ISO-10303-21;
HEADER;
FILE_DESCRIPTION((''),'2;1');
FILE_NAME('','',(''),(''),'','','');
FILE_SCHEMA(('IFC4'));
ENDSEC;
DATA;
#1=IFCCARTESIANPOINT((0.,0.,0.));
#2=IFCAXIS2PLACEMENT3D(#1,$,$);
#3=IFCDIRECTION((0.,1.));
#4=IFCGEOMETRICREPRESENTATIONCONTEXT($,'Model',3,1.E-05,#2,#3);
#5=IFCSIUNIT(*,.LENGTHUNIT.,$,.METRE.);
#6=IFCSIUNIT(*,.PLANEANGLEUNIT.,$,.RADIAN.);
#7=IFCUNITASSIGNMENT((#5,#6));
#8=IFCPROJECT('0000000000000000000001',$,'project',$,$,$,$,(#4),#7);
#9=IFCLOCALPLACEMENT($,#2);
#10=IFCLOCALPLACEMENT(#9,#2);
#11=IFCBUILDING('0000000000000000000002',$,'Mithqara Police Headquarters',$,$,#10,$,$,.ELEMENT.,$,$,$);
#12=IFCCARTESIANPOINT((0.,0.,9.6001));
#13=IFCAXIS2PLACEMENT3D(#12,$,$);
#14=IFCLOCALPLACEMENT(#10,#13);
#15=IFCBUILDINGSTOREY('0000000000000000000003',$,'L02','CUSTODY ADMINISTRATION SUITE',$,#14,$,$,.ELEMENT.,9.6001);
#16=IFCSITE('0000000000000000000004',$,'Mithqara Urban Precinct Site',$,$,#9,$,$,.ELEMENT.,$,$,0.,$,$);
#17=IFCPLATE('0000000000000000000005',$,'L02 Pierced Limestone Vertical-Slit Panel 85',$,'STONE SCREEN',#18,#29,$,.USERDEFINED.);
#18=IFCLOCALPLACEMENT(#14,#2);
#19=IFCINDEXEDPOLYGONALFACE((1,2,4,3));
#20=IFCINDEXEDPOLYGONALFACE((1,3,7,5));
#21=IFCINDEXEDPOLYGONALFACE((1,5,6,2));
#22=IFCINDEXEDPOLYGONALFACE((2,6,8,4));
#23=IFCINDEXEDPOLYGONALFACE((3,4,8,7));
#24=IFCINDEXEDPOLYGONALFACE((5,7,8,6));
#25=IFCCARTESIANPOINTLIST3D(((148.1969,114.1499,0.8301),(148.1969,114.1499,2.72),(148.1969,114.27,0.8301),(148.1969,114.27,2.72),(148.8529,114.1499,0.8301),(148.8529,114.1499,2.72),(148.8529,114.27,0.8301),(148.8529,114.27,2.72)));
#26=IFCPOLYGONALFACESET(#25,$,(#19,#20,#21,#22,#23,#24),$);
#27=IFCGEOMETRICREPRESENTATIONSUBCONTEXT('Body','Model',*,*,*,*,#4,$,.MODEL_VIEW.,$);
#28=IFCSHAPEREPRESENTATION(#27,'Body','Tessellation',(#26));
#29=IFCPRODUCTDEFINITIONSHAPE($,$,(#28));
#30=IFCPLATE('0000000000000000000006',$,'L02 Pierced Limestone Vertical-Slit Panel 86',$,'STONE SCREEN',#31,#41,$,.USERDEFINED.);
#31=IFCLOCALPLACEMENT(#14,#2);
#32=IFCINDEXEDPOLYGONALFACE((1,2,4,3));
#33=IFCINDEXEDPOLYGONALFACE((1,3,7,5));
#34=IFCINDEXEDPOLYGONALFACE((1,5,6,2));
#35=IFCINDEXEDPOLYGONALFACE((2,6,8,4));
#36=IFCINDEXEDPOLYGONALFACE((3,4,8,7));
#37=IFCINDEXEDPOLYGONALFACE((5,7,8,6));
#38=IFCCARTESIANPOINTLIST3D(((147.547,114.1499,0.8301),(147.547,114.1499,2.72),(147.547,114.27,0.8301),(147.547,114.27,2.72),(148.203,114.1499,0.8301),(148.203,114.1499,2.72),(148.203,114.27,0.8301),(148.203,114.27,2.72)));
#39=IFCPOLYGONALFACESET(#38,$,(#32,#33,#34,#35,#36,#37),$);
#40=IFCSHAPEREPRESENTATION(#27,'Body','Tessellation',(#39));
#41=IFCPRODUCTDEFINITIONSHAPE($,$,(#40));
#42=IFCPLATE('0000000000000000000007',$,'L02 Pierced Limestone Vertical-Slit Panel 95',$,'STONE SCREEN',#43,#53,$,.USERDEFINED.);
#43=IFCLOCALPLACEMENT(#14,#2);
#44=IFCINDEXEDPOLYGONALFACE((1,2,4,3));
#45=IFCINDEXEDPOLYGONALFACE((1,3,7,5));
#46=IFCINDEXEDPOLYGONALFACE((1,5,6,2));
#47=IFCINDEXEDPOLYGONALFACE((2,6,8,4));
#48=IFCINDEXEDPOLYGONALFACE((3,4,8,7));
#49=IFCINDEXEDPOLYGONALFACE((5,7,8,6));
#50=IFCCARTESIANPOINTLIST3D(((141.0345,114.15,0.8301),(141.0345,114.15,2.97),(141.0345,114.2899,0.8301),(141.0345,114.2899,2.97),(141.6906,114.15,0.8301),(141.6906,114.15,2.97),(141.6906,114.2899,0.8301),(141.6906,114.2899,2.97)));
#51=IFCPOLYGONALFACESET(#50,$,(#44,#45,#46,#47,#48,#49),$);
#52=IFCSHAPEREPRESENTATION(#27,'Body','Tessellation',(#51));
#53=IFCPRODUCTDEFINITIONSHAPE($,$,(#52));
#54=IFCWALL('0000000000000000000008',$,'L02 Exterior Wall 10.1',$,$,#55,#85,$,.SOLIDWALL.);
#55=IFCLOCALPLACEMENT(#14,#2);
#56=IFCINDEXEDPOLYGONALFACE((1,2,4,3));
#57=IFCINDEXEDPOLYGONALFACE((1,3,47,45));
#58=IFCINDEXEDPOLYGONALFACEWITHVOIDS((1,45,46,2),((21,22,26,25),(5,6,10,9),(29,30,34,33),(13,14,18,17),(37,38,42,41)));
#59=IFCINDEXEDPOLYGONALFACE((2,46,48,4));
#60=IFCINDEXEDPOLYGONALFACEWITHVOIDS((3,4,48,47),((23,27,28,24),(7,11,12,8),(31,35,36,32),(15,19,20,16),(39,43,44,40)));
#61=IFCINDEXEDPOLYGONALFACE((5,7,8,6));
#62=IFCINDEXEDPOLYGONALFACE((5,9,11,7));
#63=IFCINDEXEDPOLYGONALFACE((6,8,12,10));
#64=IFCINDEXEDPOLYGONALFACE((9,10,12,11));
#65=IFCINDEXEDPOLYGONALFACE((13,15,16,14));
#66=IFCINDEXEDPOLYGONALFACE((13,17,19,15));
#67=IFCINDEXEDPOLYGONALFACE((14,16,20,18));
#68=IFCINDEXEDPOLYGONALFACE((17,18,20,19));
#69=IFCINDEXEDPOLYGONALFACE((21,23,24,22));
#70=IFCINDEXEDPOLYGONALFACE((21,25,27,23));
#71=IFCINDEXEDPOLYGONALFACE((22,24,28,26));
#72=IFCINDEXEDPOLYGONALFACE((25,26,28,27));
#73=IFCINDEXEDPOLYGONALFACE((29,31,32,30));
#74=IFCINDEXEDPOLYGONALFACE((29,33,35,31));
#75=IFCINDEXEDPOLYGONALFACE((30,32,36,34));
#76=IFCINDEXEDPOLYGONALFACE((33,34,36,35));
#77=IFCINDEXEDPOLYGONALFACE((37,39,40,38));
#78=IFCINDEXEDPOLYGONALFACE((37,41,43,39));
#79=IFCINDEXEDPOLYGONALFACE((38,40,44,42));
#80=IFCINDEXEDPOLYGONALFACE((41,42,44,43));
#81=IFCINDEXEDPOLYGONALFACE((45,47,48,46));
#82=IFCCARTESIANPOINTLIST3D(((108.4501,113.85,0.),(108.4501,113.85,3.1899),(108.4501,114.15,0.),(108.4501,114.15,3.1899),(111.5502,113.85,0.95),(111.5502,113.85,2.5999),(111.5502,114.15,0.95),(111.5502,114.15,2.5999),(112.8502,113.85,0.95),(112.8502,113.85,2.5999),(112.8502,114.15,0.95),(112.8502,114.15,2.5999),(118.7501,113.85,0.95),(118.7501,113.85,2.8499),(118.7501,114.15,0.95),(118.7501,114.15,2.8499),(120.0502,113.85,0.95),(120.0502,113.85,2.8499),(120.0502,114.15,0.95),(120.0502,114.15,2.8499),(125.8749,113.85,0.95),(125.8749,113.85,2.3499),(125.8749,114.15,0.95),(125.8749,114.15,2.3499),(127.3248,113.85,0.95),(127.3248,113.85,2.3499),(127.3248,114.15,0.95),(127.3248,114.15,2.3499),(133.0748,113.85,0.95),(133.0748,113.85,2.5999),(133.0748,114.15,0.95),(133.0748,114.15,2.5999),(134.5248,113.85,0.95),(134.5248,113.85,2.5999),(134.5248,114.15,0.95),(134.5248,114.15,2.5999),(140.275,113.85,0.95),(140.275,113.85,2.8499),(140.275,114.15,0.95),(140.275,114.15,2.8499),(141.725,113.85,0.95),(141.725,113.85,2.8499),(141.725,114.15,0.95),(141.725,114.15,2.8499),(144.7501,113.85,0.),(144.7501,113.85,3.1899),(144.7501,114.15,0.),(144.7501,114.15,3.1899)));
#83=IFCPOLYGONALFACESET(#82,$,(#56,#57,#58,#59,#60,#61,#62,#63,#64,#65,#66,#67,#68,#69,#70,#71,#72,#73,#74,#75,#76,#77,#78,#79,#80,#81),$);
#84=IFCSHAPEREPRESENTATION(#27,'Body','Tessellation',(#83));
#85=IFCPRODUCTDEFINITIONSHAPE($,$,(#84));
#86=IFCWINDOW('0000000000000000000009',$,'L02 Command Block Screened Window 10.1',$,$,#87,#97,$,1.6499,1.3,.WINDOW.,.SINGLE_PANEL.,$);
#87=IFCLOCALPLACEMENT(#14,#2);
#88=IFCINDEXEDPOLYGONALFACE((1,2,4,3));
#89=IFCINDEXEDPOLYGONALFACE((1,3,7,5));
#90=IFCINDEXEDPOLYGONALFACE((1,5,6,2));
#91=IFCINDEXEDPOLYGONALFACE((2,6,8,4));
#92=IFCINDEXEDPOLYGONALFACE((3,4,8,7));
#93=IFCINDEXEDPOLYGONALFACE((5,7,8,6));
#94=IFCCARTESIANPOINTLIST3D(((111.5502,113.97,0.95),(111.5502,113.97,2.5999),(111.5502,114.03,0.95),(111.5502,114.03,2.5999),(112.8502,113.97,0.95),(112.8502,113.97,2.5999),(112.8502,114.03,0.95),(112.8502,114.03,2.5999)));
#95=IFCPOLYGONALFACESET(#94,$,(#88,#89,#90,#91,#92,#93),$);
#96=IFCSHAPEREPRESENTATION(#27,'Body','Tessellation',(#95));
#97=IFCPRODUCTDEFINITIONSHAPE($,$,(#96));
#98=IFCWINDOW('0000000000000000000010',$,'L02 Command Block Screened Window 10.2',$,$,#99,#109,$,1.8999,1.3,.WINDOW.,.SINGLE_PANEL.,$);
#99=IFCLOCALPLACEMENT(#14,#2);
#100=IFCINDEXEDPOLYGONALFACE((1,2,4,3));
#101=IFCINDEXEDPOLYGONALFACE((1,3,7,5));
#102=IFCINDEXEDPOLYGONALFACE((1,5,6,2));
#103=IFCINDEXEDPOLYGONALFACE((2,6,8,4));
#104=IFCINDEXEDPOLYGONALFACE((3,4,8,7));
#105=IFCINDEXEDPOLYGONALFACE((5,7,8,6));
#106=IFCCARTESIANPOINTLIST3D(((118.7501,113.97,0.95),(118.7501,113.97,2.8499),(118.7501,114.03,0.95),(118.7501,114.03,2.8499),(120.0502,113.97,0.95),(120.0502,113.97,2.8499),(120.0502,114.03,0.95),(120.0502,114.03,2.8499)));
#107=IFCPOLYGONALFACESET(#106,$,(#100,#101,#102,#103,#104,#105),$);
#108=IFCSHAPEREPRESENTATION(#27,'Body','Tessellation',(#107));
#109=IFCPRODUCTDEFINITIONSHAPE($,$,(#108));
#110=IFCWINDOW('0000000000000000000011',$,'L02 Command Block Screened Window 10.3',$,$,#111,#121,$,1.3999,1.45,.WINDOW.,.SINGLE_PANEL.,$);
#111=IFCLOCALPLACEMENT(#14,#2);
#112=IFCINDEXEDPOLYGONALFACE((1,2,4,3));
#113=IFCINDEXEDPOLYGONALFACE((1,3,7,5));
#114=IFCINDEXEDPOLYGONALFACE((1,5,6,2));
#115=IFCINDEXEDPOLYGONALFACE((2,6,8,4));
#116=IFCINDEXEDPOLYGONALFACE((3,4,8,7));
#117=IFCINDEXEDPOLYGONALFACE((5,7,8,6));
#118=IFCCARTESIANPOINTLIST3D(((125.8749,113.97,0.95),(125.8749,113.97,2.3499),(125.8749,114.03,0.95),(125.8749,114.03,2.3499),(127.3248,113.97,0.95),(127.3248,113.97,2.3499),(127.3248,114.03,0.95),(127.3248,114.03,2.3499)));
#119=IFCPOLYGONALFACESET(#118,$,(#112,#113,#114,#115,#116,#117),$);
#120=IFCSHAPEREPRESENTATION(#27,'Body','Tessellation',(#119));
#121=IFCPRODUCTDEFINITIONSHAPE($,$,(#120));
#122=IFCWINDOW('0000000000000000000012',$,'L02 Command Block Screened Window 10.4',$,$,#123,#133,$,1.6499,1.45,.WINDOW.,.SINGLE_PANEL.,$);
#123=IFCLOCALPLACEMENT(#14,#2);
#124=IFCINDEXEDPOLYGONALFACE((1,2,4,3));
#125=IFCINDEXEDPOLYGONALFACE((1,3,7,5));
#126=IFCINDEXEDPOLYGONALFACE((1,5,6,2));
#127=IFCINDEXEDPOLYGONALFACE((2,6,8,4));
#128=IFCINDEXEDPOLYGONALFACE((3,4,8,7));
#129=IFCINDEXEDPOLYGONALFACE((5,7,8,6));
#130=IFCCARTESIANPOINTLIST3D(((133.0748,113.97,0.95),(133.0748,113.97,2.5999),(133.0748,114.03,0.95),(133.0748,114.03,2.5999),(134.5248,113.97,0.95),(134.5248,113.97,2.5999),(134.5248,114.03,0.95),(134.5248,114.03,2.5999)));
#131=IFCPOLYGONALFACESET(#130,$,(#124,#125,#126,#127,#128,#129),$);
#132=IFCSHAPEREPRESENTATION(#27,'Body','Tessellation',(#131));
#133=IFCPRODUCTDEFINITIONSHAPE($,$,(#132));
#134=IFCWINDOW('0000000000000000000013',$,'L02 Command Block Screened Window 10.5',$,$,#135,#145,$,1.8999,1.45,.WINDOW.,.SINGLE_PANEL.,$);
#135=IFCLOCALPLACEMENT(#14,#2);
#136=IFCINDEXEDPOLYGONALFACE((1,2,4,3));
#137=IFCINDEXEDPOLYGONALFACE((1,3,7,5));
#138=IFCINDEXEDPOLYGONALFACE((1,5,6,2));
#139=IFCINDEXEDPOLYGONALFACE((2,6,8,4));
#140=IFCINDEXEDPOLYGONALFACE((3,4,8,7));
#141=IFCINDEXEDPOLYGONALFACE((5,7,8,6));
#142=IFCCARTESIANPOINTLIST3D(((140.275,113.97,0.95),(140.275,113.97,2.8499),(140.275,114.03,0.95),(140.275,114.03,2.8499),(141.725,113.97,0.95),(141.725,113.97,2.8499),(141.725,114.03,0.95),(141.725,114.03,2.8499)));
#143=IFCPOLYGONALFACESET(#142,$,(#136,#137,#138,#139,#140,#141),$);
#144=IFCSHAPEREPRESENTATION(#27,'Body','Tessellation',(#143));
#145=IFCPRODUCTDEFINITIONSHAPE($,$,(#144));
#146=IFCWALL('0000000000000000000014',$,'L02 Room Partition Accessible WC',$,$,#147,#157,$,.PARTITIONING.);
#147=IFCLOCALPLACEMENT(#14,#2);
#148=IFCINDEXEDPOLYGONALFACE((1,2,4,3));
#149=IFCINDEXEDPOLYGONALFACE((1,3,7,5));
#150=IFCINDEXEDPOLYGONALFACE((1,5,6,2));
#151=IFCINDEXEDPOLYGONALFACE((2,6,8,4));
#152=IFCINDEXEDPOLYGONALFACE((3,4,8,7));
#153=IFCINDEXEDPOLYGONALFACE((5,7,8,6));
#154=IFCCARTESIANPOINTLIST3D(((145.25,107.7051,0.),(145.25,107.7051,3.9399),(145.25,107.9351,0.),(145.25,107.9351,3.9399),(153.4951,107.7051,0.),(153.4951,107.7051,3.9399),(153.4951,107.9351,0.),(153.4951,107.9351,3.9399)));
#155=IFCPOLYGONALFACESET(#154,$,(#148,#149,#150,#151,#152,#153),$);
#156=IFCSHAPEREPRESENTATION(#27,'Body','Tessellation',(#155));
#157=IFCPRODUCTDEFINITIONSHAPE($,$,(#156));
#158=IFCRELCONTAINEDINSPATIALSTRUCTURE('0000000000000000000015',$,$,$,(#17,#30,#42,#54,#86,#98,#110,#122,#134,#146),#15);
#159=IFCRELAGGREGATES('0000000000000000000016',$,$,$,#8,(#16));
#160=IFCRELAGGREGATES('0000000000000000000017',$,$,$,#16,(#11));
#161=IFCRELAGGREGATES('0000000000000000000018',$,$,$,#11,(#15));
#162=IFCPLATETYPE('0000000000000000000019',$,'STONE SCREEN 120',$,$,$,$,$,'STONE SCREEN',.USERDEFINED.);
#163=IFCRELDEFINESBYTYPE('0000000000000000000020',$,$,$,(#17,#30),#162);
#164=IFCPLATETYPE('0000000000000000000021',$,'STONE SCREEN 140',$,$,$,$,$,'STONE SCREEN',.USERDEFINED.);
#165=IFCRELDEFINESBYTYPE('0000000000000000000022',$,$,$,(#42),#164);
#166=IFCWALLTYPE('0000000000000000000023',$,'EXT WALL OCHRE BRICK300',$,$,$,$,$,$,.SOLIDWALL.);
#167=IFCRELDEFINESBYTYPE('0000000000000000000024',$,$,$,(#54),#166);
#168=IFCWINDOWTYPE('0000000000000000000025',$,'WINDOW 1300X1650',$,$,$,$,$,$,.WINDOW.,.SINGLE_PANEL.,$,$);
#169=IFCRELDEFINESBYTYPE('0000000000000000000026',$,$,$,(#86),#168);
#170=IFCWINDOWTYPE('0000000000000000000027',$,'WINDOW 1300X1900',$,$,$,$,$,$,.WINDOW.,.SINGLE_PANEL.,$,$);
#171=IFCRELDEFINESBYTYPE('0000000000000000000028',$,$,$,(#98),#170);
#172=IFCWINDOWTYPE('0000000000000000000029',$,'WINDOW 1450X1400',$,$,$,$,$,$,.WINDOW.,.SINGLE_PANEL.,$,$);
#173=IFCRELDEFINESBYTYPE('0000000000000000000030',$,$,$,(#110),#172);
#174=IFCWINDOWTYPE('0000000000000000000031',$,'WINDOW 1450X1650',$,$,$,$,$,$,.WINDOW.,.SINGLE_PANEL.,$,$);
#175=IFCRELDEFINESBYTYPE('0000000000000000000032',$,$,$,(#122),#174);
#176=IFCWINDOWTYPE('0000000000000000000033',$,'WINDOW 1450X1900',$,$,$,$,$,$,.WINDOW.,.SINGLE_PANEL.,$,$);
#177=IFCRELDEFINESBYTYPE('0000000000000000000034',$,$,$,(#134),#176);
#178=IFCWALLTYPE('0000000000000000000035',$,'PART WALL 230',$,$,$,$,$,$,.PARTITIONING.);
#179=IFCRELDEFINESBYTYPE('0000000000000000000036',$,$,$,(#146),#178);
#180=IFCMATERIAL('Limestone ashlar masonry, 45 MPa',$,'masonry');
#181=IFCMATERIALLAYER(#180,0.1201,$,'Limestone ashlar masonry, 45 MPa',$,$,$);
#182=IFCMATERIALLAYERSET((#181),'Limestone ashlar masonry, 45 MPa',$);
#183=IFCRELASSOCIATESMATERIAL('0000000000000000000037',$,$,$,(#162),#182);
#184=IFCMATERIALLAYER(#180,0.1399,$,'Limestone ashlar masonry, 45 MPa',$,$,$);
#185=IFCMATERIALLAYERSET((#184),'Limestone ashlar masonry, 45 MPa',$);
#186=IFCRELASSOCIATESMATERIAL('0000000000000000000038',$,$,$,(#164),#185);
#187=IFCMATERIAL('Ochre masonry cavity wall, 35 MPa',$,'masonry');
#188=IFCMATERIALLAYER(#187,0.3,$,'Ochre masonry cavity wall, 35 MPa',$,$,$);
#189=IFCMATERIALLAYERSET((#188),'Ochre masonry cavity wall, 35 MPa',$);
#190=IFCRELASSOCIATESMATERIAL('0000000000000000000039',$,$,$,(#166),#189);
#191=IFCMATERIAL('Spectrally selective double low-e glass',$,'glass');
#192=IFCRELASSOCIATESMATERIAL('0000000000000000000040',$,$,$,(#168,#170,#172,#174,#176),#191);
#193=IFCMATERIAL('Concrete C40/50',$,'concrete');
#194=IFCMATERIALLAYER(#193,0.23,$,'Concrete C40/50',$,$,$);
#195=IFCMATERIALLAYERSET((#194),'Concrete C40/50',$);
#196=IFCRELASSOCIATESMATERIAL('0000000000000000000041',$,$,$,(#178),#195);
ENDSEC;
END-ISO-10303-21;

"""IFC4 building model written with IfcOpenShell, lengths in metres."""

from ifc_helpers import new_model, si_unit, direction, frame, frame_2d, origin, origin_2d, place, context, subcontext, project, spatial, rectangle, extrude, material, layer, layer_set, type_object, element, fill, save


model = new_model("IFC4")

# Units and contexts
model_context = context("Model", 3, precision=1e-05, world=origin(), true_north=direction((0.0, 1.0)))
body_context = subcontext(model_context, "Body", "Model", "MODEL_VIEW")
ifc_project = project(units=[si_unit("LENGTHUNIT", "METRE"), si_unit("PLANEANGLEUNIT", "RADIAN")], contexts=[model_context])

# Site, building, storey
site_placement = place(None, origin())
site = spatial("IfcSite", under=ifc_project, at=site_placement, Name="Mithqara Urban Precinct Site", CompositionType="ELEMENT", RefElevation=0.0)
building_placement = place(site_placement, origin())
building = spatial("IfcBuilding", under=site, at=building_placement, Name="Mithqara Police Headquarters", CompositionType="ELEMENT")
storey_placement = place(building_placement, frame((0.0, 0.0, 9.6001)))
storey = spatial("IfcBuildingStorey", under=building, at=storey_placement, Name="L02", Description="CUSTODY ADMINISTRATION SUITE", CompositionType="ELEMENT", Elevation=9.6001)

# Shared definitions
ifc_material_1 = material(Name="Concrete C40/50", Category="concrete")

# Plates
ifc_material_2 = material(Name="Limestone ashlar masonry, 45 MPa", Category="masonry")
ifc_layer_1 = layer(ifc_material_2, 0.1201, Name="Limestone ashlar masonry, 45 MPa")
ifc_layer_set_1 = layer_set([ifc_layer_1], Name="Limestone ashlar masonry, 45 MPa")
plate_type_1 = type_object("IfcPlateType", Name="STONE SCREEN 120", ElementType="STONE SCREEN", PredefinedType="USERDEFINED", material=ifc_layer_set_1)
for number, where, z_axis, x_axis, name in (
    (1, (148.5249, 114.21, 0.8301), (0.0, 0.0, 1.0), (1.0, 0.0, 0.0), "L02 Pierced Limestone Vertical-Slit Panel 85"),
    (2, (147.875, 114.21, 0.8301), (0.0, 0.0, 1.0), (1.0, 0.0, 0.0), "L02 Pierced Limestone Vertical-Slit Panel 86"),
):
    element("IfcPlate", number, at=place(storey_placement, frame(where, z_axis=z_axis, x_axis=x_axis)), inside=storey, type_object=plate_type_1, Name=name, ObjectType="STONE SCREEN", PredefinedType="USERDEFINED", context=body_context, shape_type="SweptSolid", body=[
        extrude(rectangle(XDim=0.656, YDim=0.1201, at=origin_2d()), origin(), (0.0, 0.0, 1.0), 1.8899),
    ])
ifc_layer_2 = layer(ifc_material_2, 0.1399, Name="Limestone ashlar masonry, 45 MPa")
ifc_layer_set_2 = layer_set([ifc_layer_2], Name="Limestone ashlar masonry, 45 MPa")
plate_type_2 = type_object("IfcPlateType", Name="STONE SCREEN 140", ElementType="STONE SCREEN", PredefinedType="USERDEFINED", material=ifc_layer_set_2)
plate_placement = place(storey_placement, frame((141.3625, 114.22, 0.8301), z_axis=(0.0, 0.0, 1.0), x_axis=(1.0, 0.0, 0.0)))
element("IfcPlate", 3, at=plate_placement, inside=storey, type_object=plate_type_2, Name="L02 Pierced Limestone Vertical-Slit Panel 95", ObjectType="STONE SCREEN", PredefinedType="USERDEFINED", context=body_context, shape_type="SweptSolid", body=[
    extrude(rectangle(XDim=0.656, YDim=0.1399, at=origin_2d()), origin(), (0.0, 0.0, 1.0), 2.1399),
])

# Wall, openings, windows
ifc_material_3 = material(Name="Ochre masonry cavity wall, 35 MPa", Category="masonry")
ifc_layer_3 = layer(ifc_material_3, 0.3, Name="Ochre masonry cavity wall, 35 MPa")
ifc_layer_set_3 = layer_set([ifc_layer_3], Name="Ochre masonry cavity wall, 35 MPa")
wall_type_1 = type_object("IfcWallType", Name="EXT WALL OCHRE BRICK300", PredefinedType="SOLIDWALL", material=ifc_layer_set_3)
wall_1_placement = place(storey_placement, frame((144.75, 114.0, 0.0), z_axis=(0.0, 0.0, 1.0), x_axis=(-1.0, 0.0, 0.0)))
wall_1 = element("IfcWall", 4, at=wall_1_placement, inside=storey, type_object=wall_type_1, Name="L02 Exterior Wall 10.1", PredefinedType="SOLIDWALL", context=body_context, shape_type="SweptSolid", body=[
    extrude(rectangle(XDim=36.3, YDim=0.3, at=frame_2d((18.1499, 0.0))), origin(), (0.0, 0.0, 1.0), 3.1899),
])
opening_1_placement = place(wall_1_placement, frame((31.8999, 0.0, 0.95)))
opening_1 = element("IfcOpeningElement", 5, at=opening_1_placement, cuts=wall_1, PredefinedType="OPENING", context=body_context, shape_type="SweptSolid", body=[
    extrude(rectangle(XDim=1.3, YDim=1.6499, at=frame_2d((0.6499, 0.825))), frame((0.0, 0.1602, 0.0), z_axis=(0.0, -1.0, 0.0), x_axis=(1.0, 0.0, 0.0)), (0.0, 0.0, 1.0), 0.3201),
])
opening_2_placement = place(wall_1_placement, frame((24.7, 0.0, 0.95)))
opening_2 = element("IfcOpeningElement", 6, at=opening_2_placement, cuts=wall_1, PredefinedType="OPENING", context=body_context, shape_type="SweptSolid", body=[
    extrude(rectangle(XDim=1.3, YDim=1.8999, at=frame_2d((0.6499, 0.95))), frame((0.0, 0.1602, 0.0), z_axis=(0.0, -1.0, 0.0), x_axis=(1.0, 0.0, 0.0)), (0.0, 0.0, 1.0), 0.3201),
])
opening_3_placement = place(wall_1_placement, frame((17.425, 0.0, 0.95)))
opening_3 = element("IfcOpeningElement", 7, at=opening_3_placement, cuts=wall_1, PredefinedType="OPENING", context=body_context, shape_type="SweptSolid", body=[
    extrude(rectangle(XDim=1.45, YDim=1.3999, at=frame_2d((0.7251, 0.7))), frame((0.0, 0.1602, 0.0), z_axis=(0.0, -1.0, 0.0), x_axis=(1.0, 0.0, 0.0)), (0.0, 0.0, 1.0), 0.3201),
])
opening_4_placement = place(wall_1_placement, frame((10.2251, 0.0, 0.95)))
opening_4 = element("IfcOpeningElement", 8, at=opening_4_placement, cuts=wall_1, PredefinedType="OPENING", context=body_context, shape_type="SweptSolid", body=[
    extrude(rectangle(XDim=1.45, YDim=1.6499, at=frame_2d((0.7251, 0.825))), frame((0.0, 0.1602, 0.0), z_axis=(0.0, -1.0, 0.0), x_axis=(1.0, 0.0, 0.0)), (0.0, 0.0, 1.0), 0.3201),
])
opening_5_placement = place(wall_1_placement, frame((3.0249, 0.0, 0.95)))
opening_5 = element("IfcOpeningElement", 9, at=opening_5_placement, cuts=wall_1, PredefinedType="OPENING", context=body_context, shape_type="SweptSolid", body=[
    extrude(rectangle(XDim=1.45, YDim=1.8999, at=frame_2d((0.7251, 0.95))), frame((0.0, 0.1602, 0.0), z_axis=(0.0, -1.0, 0.0), x_axis=(1.0, 0.0, 0.0)), (0.0, 0.0, 1.0), 0.3201),
])
ifc_material_4 = material(Name="Spectrally selective double low-e glass", Category="glass")
window_type_1 = type_object("IfcWindowType", Name="WINDOW 1300X1650", PartitioningType="SINGLE_PANEL", PredefinedType="WINDOW", material=ifc_material_4)
window_1_placement = place(opening_1_placement, origin())
window_1 = element("IfcWindow", 10, at=window_1_placement, inside=storey, type_object=window_type_1, Name="L02 Command Block Screened Window 10.1", OverallHeight=1.6499, OverallWidth=1.3, PartitioningType="SINGLE_PANEL", PredefinedType="WINDOW", context=body_context, shape_type="SweptSolid", body=[
    extrude(rectangle(XDim=1.3, YDim=1.6499, at=frame_2d((0.6499, 0.825))), frame((0.0, 0.03, 0.0), z_axis=(0.0, -1.0, 0.0), x_axis=(1.0, 0.0, 0.0)), (0.0, 0.0, 1.0), 0.0601),
])
fill(opening_1, window_1)
window_type_2 = type_object("IfcWindowType", Name="WINDOW 1300X1900", PartitioningType="SINGLE_PANEL", PredefinedType="WINDOW", material=ifc_material_4)
window_2_placement = place(opening_2_placement, origin())
window_2 = element("IfcWindow", 11, at=window_2_placement, inside=storey, type_object=window_type_2, Name="L02 Command Block Screened Window 10.2", OverallHeight=1.8999, OverallWidth=1.3, PartitioningType="SINGLE_PANEL", PredefinedType="WINDOW", context=body_context, shape_type="SweptSolid", body=[
    extrude(rectangle(XDim=1.3, YDim=1.8999, at=frame_2d((0.6499, 0.95))), frame((0.0, 0.03, 0.0), z_axis=(0.0, -1.0, 0.0), x_axis=(1.0, 0.0, 0.0)), (0.0, 0.0, 1.0), 0.0601),
])
fill(opening_2, window_2)
window_type_3 = type_object("IfcWindowType", Name="WINDOW 1450X1400", PartitioningType="SINGLE_PANEL", PredefinedType="WINDOW", material=ifc_material_4)
window_3_placement = place(opening_3_placement, origin())
window_3 = element("IfcWindow", 12, at=window_3_placement, inside=storey, type_object=window_type_3, Name="L02 Command Block Screened Window 10.3", OverallHeight=1.3999, OverallWidth=1.45, PartitioningType="SINGLE_PANEL", PredefinedType="WINDOW", context=body_context, shape_type="SweptSolid", body=[
    extrude(rectangle(XDim=1.45, YDim=1.3999, at=frame_2d((0.7251, 0.7))), frame((0.0, 0.03, 0.0), z_axis=(0.0, -1.0, 0.0), x_axis=(1.0, 0.0, 0.0)), (0.0, 0.0, 1.0), 0.0601),
])
fill(opening_3, window_3)
window_type_4 = type_object("IfcWindowType", Name="WINDOW 1450X1650", PartitioningType="SINGLE_PANEL", PredefinedType="WINDOW", material=ifc_material_4)
window_4_placement = place(opening_4_placement, origin())
window_4 = element("IfcWindow", 13, at=window_4_placement, inside=storey, type_object=window_type_4, Name="L02 Command Block Screened Window 10.4", OverallHeight=1.6499, OverallWidth=1.45, PartitioningType="SINGLE_PANEL", PredefinedType="WINDOW", context=body_context, shape_type="SweptSolid", body=[
    extrude(rectangle(XDim=1.45, YDim=1.6499, at=frame_2d((0.7251, 0.825))), frame((0.0, 0.03, 0.0), z_axis=(0.0, -1.0, 0.0), x_axis=(1.0, 0.0, 0.0)), (0.0, 0.0, 1.0), 0.0601),
])
fill(opening_4, window_4)
window_type_5 = type_object("IfcWindowType", Name="WINDOW 1450X1900", PartitioningType="SINGLE_PANEL", PredefinedType="WINDOW", material=ifc_material_4)
window_5_placement = place(opening_5_placement, origin())
window_5 = element("IfcWindow", 14, at=window_5_placement, inside=storey, type_object=window_type_5, Name="L02 Command Block Screened Window 10.5", OverallHeight=1.8999, OverallWidth=1.45, PartitioningType="SINGLE_PANEL", PredefinedType="WINDOW", context=body_context, shape_type="SweptSolid", body=[
    extrude(rectangle(XDim=1.45, YDim=1.8999, at=frame_2d((0.7251, 0.95))), frame((0.0, 0.03, 0.0), z_axis=(0.0, -1.0, 0.0), x_axis=(1.0, 0.0, 0.0)), (0.0, 0.0, 1.0), 0.0601),
])
fill(opening_5, window_5)

# Wall
ifc_layer_4 = layer(ifc_material_1, 0.23, Name="Concrete C40/50")
ifc_layer_set_4 = layer_set([ifc_layer_4], Name="Concrete C40/50")
wall_type_2 = type_object("IfcWallType", Name="PART WALL 230", PredefinedType="PARTITIONING", material=ifc_layer_set_4)
wall_2_placement = place(storey_placement, frame((145.25, 107.8201, 0.0), z_axis=(0.0, 0.0, 1.0), x_axis=(1.0, 0.0, 0.0)))
element("IfcWall", 15, at=wall_2_placement, inside=storey, type_object=wall_type_2, Name="L02 Room Partition Accessible WC", PredefinedType="PARTITIONING", context=body_context, shape_type="SweptSolid", body=[
    extrude(rectangle(XDim=8.2451, YDim=0.23, at=frame_2d((4.1226, 0.0))), origin(), (0.0, 0.0, 1.0), 3.9399),
])

save(model, "model.ifc")
